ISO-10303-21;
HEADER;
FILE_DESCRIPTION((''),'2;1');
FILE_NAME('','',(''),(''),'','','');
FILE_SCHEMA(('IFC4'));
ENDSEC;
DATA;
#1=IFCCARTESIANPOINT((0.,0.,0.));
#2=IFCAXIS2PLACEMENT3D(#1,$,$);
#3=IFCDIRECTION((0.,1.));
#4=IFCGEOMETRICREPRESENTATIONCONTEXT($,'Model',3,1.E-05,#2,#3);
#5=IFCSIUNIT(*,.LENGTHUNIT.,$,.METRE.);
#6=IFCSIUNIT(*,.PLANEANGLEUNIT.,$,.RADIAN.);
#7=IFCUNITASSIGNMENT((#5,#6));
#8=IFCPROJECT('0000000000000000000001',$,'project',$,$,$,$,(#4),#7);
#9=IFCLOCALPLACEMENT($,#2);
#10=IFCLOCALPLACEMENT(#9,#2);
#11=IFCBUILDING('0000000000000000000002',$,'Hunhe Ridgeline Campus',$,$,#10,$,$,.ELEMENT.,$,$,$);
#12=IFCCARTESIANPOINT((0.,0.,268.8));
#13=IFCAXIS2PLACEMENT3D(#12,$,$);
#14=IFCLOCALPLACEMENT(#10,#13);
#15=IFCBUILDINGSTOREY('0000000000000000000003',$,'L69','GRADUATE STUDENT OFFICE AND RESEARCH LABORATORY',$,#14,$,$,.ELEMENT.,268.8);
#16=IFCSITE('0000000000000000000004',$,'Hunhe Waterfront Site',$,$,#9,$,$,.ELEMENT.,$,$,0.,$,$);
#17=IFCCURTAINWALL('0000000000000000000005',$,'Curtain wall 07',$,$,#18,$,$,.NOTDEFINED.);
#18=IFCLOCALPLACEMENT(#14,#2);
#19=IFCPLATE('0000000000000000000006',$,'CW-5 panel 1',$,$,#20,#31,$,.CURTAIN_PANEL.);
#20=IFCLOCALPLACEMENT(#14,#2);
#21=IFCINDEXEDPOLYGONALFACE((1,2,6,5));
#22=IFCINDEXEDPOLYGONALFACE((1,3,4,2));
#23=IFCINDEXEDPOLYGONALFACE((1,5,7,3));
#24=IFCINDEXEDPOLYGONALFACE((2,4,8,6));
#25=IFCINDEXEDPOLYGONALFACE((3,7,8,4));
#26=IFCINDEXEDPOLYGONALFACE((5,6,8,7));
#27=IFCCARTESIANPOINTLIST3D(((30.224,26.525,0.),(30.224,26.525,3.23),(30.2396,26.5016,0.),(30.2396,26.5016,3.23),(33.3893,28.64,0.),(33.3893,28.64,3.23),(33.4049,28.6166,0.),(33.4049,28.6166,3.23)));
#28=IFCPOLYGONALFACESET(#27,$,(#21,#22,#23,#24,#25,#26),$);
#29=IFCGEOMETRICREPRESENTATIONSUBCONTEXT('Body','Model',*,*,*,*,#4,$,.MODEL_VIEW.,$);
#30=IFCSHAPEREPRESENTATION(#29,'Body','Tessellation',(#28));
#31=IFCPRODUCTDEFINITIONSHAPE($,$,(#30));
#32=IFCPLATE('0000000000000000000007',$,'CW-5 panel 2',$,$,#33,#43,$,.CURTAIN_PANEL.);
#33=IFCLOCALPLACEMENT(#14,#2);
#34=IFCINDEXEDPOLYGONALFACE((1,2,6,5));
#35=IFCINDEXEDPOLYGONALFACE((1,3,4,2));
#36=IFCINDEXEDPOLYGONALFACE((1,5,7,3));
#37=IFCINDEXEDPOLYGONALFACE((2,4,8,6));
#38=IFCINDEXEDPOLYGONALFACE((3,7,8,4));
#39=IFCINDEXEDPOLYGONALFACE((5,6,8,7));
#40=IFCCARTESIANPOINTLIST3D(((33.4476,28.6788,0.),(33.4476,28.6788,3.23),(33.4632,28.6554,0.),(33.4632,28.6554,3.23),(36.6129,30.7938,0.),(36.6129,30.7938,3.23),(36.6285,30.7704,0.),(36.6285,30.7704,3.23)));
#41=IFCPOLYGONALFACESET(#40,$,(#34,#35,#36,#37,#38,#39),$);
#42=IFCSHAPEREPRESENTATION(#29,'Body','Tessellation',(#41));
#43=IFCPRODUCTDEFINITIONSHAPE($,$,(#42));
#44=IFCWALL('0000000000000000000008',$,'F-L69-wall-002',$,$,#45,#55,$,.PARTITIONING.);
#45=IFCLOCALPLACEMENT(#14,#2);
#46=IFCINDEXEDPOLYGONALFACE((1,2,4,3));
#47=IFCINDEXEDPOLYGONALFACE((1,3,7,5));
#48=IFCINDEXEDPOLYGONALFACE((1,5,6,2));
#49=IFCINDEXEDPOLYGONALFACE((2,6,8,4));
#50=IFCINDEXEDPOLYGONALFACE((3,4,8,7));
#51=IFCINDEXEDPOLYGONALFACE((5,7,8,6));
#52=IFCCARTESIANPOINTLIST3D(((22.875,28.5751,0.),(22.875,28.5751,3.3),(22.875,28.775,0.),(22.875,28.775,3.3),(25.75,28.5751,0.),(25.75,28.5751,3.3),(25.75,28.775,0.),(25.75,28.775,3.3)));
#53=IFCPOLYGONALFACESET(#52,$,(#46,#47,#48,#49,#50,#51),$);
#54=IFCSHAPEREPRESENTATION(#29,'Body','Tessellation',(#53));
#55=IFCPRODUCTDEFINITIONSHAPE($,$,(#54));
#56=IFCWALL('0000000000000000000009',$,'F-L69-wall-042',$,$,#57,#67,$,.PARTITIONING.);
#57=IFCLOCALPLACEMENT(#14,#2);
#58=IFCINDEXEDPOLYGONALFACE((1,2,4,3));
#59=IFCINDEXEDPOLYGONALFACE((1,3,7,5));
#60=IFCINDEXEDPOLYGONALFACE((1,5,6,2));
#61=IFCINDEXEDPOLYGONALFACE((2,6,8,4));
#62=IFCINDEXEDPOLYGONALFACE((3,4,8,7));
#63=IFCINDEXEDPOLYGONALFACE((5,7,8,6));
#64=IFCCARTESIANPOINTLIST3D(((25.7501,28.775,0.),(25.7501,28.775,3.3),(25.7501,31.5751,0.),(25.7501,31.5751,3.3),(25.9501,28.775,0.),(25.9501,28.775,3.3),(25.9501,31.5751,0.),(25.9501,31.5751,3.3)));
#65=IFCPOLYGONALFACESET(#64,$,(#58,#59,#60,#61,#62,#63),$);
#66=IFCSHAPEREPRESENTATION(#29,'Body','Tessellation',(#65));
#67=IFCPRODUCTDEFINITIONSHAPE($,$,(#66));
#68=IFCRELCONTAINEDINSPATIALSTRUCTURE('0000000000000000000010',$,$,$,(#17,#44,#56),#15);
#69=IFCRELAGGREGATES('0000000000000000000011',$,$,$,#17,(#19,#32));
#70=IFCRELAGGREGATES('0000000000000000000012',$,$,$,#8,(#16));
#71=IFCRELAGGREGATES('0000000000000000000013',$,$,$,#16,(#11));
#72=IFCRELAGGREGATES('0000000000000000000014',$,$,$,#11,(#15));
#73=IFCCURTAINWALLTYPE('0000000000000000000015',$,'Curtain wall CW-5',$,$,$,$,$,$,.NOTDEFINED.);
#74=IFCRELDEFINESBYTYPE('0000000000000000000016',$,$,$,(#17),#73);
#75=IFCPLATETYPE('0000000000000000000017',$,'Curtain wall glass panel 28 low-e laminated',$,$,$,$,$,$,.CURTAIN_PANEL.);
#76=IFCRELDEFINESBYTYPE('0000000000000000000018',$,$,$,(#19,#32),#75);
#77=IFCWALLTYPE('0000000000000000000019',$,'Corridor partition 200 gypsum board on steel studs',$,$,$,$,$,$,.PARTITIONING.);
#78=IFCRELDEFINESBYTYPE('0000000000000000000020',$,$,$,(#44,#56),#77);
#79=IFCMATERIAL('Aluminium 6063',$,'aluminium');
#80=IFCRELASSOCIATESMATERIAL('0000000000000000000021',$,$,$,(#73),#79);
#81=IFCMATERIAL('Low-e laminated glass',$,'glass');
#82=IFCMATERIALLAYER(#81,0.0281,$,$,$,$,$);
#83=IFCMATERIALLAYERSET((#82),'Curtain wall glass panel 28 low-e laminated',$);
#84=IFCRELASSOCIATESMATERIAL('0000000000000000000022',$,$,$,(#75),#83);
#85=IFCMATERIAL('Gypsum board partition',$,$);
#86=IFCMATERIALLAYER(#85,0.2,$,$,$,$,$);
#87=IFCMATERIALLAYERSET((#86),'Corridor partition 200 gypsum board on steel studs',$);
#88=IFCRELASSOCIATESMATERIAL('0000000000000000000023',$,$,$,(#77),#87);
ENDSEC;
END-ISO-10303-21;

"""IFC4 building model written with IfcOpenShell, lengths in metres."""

from ifc_helpers import new_model, si_unit, direction, frame, frame_2d, origin, origin_2d, place, context, subcontext, project, spatial, rectangle, extrude, material, layer, layer_set, type_object, element, aggregate, save


model = new_model("IFC4")

# Units and contexts
model_context = context("Model", 3, precision=1e-05, world=origin(), true_north=direction((0.0, 1.0)))
body_context = subcontext(model_context, "Body", "Model", "MODEL_VIEW")
ifc_project = project(units=[si_unit("LENGTHUNIT", "METRE"), si_unit("PLANEANGLEUNIT", "RADIAN")], contexts=[model_context])

# Site, building, storey
site_placement = place(None, origin())
site = spatial("IfcSite", under=ifc_project, at=site_placement, Name="Hunhe Waterfront Site", CompositionType="ELEMENT", RefElevation=0.0)
building_placement = place(site_placement, origin())
building = spatial("IfcBuilding", under=site, at=building_placement, Name="Hunhe Ridgeline Campus", CompositionType="ELEMENT")
storey_placement = place(building_placement, frame((0.0, 0.0, 268.8)))
storey = spatial("IfcBuildingStorey", under=building, at=storey_placement, Name="L69", Description="GRADUATE STUDENT OFFICE AND RESEARCH LABORATORY", CompositionType="ELEMENT", Elevation=268.8)

# Curtain wall
ifc_material_1 = material(Name="Aluminium 6063", Category="aluminium")
curtain_wall_type = type_object("IfcCurtainWallType", Name="Curtain wall CW-5", PredefinedType="NOTDEFINED", material=ifc_material_1)
curtain_wall_1_placement = place(storey_placement, origin())
curtain_wall_1 = element("IfcCurtainWall", 1, at=curtain_wall_1_placement, inside=storey, type_object=curtain_wall_type, Name="Curtain wall 07", PredefinedType="NOTDEFINED")

# Plates
ifc_material_2 = material(Name="Low-e laminated glass", Category="glass")
ifc_layer_1 = layer(ifc_material_2, 0.0281)
ifc_layer_set_1 = layer_set([ifc_layer_1], Name="Curtain wall glass panel 28 low-e laminated")
plate_type = type_object("IfcPlateType", Name="Curtain wall glass panel 28 low-e laminated", PredefinedType="CURTAIN_PANEL", material=ifc_layer_set_1)
plate_1_placement = place(storey_placement, frame((31.8145, 27.5708, 0.0), z_axis=(0.0, 0.0, 1.0), x_axis=(0.83147, 0.55557, 0.0)))
plate_1 = element("IfcPlate", 2, at=plate_1_placement, type_object=plate_type, Name="CW-5 panel 1", PredefinedType="CURTAIN_PANEL", context=body_context, shape_type="SweptSolid", body=[
    extrude(rectangle(XDim=3.8069, YDim=0.0281, at=origin_2d()), origin(), (0.0, 0.0, 1.0), 3.23),
])
plate_2_placement = place(storey_placement, frame((35.0381, 29.7246, 0.0), z_axis=(0.0, 0.0, 1.0), x_axis=(0.83147, 0.55557, 0.0)))
plate_2 = element("IfcPlate", 3, at=plate_2_placement, type_object=plate_type, Name="CW-5 panel 2", PredefinedType="CURTAIN_PANEL", context=body_context, shape_type="SweptSolid", body=[
    extrude(rectangle(XDim=3.8069, YDim=0.0281, at=origin_2d()), origin(), (0.0, 0.0, 1.0), 3.23),
])
aggregate(curtain_wall_1, [plate_1, plate_2])

# Walls
ifc_material_3 = material(Name="Gypsum board partition")
ifc_layer_2 = layer(ifc_material_3, 0.2)
ifc_layer_set_2 = layer_set([ifc_layer_2], Name="Corridor partition 200 gypsum board on steel studs")
wall_type = type_object("IfcWallType", Name="Corridor partition 200 gypsum board on steel studs", PredefinedType="PARTITIONING", material=ifc_layer_set_2)
wall_1_placement = place(storey_placement, frame((25.75, 28.675, 0.0), z_axis=(0.0, 0.0, 1.0), x_axis=(-1.0, 0.0, 0.0)))
element("IfcWall", 4, at=wall_1_placement, inside=storey, type_object=wall_type, Name="F-L69-wall-002", PredefinedType="PARTITIONING", context=body_context, shape_type="SweptSolid", body=[
    extrude(rectangle(XDim=2.875, YDim=0.2, at=frame_2d((1.4375, 0.0))), origin(), (0.0, 0.0, 1.0), 3.3),
])
wall_2_placement = place(storey_placement, frame((25.8501, 31.575, 0.0), z_axis=(0.0, 0.0, 1.0), x_axis=(0.0, -1.0, 0.0)))
element("IfcWall", 5, at=wall_2_placement, inside=storey, type_object=wall_type, Name="F-L69-wall-042", PredefinedType="PARTITIONING", context=body_context, shape_type="SweptSolid", body=[
    extrude(rectangle(XDim=2.8, YDim=0.2, at=frame_2d((1.3999, 0.0))), origin(), (0.0, 0.0, 1.0), 3.3),
])

save(model, "model.ifc")
